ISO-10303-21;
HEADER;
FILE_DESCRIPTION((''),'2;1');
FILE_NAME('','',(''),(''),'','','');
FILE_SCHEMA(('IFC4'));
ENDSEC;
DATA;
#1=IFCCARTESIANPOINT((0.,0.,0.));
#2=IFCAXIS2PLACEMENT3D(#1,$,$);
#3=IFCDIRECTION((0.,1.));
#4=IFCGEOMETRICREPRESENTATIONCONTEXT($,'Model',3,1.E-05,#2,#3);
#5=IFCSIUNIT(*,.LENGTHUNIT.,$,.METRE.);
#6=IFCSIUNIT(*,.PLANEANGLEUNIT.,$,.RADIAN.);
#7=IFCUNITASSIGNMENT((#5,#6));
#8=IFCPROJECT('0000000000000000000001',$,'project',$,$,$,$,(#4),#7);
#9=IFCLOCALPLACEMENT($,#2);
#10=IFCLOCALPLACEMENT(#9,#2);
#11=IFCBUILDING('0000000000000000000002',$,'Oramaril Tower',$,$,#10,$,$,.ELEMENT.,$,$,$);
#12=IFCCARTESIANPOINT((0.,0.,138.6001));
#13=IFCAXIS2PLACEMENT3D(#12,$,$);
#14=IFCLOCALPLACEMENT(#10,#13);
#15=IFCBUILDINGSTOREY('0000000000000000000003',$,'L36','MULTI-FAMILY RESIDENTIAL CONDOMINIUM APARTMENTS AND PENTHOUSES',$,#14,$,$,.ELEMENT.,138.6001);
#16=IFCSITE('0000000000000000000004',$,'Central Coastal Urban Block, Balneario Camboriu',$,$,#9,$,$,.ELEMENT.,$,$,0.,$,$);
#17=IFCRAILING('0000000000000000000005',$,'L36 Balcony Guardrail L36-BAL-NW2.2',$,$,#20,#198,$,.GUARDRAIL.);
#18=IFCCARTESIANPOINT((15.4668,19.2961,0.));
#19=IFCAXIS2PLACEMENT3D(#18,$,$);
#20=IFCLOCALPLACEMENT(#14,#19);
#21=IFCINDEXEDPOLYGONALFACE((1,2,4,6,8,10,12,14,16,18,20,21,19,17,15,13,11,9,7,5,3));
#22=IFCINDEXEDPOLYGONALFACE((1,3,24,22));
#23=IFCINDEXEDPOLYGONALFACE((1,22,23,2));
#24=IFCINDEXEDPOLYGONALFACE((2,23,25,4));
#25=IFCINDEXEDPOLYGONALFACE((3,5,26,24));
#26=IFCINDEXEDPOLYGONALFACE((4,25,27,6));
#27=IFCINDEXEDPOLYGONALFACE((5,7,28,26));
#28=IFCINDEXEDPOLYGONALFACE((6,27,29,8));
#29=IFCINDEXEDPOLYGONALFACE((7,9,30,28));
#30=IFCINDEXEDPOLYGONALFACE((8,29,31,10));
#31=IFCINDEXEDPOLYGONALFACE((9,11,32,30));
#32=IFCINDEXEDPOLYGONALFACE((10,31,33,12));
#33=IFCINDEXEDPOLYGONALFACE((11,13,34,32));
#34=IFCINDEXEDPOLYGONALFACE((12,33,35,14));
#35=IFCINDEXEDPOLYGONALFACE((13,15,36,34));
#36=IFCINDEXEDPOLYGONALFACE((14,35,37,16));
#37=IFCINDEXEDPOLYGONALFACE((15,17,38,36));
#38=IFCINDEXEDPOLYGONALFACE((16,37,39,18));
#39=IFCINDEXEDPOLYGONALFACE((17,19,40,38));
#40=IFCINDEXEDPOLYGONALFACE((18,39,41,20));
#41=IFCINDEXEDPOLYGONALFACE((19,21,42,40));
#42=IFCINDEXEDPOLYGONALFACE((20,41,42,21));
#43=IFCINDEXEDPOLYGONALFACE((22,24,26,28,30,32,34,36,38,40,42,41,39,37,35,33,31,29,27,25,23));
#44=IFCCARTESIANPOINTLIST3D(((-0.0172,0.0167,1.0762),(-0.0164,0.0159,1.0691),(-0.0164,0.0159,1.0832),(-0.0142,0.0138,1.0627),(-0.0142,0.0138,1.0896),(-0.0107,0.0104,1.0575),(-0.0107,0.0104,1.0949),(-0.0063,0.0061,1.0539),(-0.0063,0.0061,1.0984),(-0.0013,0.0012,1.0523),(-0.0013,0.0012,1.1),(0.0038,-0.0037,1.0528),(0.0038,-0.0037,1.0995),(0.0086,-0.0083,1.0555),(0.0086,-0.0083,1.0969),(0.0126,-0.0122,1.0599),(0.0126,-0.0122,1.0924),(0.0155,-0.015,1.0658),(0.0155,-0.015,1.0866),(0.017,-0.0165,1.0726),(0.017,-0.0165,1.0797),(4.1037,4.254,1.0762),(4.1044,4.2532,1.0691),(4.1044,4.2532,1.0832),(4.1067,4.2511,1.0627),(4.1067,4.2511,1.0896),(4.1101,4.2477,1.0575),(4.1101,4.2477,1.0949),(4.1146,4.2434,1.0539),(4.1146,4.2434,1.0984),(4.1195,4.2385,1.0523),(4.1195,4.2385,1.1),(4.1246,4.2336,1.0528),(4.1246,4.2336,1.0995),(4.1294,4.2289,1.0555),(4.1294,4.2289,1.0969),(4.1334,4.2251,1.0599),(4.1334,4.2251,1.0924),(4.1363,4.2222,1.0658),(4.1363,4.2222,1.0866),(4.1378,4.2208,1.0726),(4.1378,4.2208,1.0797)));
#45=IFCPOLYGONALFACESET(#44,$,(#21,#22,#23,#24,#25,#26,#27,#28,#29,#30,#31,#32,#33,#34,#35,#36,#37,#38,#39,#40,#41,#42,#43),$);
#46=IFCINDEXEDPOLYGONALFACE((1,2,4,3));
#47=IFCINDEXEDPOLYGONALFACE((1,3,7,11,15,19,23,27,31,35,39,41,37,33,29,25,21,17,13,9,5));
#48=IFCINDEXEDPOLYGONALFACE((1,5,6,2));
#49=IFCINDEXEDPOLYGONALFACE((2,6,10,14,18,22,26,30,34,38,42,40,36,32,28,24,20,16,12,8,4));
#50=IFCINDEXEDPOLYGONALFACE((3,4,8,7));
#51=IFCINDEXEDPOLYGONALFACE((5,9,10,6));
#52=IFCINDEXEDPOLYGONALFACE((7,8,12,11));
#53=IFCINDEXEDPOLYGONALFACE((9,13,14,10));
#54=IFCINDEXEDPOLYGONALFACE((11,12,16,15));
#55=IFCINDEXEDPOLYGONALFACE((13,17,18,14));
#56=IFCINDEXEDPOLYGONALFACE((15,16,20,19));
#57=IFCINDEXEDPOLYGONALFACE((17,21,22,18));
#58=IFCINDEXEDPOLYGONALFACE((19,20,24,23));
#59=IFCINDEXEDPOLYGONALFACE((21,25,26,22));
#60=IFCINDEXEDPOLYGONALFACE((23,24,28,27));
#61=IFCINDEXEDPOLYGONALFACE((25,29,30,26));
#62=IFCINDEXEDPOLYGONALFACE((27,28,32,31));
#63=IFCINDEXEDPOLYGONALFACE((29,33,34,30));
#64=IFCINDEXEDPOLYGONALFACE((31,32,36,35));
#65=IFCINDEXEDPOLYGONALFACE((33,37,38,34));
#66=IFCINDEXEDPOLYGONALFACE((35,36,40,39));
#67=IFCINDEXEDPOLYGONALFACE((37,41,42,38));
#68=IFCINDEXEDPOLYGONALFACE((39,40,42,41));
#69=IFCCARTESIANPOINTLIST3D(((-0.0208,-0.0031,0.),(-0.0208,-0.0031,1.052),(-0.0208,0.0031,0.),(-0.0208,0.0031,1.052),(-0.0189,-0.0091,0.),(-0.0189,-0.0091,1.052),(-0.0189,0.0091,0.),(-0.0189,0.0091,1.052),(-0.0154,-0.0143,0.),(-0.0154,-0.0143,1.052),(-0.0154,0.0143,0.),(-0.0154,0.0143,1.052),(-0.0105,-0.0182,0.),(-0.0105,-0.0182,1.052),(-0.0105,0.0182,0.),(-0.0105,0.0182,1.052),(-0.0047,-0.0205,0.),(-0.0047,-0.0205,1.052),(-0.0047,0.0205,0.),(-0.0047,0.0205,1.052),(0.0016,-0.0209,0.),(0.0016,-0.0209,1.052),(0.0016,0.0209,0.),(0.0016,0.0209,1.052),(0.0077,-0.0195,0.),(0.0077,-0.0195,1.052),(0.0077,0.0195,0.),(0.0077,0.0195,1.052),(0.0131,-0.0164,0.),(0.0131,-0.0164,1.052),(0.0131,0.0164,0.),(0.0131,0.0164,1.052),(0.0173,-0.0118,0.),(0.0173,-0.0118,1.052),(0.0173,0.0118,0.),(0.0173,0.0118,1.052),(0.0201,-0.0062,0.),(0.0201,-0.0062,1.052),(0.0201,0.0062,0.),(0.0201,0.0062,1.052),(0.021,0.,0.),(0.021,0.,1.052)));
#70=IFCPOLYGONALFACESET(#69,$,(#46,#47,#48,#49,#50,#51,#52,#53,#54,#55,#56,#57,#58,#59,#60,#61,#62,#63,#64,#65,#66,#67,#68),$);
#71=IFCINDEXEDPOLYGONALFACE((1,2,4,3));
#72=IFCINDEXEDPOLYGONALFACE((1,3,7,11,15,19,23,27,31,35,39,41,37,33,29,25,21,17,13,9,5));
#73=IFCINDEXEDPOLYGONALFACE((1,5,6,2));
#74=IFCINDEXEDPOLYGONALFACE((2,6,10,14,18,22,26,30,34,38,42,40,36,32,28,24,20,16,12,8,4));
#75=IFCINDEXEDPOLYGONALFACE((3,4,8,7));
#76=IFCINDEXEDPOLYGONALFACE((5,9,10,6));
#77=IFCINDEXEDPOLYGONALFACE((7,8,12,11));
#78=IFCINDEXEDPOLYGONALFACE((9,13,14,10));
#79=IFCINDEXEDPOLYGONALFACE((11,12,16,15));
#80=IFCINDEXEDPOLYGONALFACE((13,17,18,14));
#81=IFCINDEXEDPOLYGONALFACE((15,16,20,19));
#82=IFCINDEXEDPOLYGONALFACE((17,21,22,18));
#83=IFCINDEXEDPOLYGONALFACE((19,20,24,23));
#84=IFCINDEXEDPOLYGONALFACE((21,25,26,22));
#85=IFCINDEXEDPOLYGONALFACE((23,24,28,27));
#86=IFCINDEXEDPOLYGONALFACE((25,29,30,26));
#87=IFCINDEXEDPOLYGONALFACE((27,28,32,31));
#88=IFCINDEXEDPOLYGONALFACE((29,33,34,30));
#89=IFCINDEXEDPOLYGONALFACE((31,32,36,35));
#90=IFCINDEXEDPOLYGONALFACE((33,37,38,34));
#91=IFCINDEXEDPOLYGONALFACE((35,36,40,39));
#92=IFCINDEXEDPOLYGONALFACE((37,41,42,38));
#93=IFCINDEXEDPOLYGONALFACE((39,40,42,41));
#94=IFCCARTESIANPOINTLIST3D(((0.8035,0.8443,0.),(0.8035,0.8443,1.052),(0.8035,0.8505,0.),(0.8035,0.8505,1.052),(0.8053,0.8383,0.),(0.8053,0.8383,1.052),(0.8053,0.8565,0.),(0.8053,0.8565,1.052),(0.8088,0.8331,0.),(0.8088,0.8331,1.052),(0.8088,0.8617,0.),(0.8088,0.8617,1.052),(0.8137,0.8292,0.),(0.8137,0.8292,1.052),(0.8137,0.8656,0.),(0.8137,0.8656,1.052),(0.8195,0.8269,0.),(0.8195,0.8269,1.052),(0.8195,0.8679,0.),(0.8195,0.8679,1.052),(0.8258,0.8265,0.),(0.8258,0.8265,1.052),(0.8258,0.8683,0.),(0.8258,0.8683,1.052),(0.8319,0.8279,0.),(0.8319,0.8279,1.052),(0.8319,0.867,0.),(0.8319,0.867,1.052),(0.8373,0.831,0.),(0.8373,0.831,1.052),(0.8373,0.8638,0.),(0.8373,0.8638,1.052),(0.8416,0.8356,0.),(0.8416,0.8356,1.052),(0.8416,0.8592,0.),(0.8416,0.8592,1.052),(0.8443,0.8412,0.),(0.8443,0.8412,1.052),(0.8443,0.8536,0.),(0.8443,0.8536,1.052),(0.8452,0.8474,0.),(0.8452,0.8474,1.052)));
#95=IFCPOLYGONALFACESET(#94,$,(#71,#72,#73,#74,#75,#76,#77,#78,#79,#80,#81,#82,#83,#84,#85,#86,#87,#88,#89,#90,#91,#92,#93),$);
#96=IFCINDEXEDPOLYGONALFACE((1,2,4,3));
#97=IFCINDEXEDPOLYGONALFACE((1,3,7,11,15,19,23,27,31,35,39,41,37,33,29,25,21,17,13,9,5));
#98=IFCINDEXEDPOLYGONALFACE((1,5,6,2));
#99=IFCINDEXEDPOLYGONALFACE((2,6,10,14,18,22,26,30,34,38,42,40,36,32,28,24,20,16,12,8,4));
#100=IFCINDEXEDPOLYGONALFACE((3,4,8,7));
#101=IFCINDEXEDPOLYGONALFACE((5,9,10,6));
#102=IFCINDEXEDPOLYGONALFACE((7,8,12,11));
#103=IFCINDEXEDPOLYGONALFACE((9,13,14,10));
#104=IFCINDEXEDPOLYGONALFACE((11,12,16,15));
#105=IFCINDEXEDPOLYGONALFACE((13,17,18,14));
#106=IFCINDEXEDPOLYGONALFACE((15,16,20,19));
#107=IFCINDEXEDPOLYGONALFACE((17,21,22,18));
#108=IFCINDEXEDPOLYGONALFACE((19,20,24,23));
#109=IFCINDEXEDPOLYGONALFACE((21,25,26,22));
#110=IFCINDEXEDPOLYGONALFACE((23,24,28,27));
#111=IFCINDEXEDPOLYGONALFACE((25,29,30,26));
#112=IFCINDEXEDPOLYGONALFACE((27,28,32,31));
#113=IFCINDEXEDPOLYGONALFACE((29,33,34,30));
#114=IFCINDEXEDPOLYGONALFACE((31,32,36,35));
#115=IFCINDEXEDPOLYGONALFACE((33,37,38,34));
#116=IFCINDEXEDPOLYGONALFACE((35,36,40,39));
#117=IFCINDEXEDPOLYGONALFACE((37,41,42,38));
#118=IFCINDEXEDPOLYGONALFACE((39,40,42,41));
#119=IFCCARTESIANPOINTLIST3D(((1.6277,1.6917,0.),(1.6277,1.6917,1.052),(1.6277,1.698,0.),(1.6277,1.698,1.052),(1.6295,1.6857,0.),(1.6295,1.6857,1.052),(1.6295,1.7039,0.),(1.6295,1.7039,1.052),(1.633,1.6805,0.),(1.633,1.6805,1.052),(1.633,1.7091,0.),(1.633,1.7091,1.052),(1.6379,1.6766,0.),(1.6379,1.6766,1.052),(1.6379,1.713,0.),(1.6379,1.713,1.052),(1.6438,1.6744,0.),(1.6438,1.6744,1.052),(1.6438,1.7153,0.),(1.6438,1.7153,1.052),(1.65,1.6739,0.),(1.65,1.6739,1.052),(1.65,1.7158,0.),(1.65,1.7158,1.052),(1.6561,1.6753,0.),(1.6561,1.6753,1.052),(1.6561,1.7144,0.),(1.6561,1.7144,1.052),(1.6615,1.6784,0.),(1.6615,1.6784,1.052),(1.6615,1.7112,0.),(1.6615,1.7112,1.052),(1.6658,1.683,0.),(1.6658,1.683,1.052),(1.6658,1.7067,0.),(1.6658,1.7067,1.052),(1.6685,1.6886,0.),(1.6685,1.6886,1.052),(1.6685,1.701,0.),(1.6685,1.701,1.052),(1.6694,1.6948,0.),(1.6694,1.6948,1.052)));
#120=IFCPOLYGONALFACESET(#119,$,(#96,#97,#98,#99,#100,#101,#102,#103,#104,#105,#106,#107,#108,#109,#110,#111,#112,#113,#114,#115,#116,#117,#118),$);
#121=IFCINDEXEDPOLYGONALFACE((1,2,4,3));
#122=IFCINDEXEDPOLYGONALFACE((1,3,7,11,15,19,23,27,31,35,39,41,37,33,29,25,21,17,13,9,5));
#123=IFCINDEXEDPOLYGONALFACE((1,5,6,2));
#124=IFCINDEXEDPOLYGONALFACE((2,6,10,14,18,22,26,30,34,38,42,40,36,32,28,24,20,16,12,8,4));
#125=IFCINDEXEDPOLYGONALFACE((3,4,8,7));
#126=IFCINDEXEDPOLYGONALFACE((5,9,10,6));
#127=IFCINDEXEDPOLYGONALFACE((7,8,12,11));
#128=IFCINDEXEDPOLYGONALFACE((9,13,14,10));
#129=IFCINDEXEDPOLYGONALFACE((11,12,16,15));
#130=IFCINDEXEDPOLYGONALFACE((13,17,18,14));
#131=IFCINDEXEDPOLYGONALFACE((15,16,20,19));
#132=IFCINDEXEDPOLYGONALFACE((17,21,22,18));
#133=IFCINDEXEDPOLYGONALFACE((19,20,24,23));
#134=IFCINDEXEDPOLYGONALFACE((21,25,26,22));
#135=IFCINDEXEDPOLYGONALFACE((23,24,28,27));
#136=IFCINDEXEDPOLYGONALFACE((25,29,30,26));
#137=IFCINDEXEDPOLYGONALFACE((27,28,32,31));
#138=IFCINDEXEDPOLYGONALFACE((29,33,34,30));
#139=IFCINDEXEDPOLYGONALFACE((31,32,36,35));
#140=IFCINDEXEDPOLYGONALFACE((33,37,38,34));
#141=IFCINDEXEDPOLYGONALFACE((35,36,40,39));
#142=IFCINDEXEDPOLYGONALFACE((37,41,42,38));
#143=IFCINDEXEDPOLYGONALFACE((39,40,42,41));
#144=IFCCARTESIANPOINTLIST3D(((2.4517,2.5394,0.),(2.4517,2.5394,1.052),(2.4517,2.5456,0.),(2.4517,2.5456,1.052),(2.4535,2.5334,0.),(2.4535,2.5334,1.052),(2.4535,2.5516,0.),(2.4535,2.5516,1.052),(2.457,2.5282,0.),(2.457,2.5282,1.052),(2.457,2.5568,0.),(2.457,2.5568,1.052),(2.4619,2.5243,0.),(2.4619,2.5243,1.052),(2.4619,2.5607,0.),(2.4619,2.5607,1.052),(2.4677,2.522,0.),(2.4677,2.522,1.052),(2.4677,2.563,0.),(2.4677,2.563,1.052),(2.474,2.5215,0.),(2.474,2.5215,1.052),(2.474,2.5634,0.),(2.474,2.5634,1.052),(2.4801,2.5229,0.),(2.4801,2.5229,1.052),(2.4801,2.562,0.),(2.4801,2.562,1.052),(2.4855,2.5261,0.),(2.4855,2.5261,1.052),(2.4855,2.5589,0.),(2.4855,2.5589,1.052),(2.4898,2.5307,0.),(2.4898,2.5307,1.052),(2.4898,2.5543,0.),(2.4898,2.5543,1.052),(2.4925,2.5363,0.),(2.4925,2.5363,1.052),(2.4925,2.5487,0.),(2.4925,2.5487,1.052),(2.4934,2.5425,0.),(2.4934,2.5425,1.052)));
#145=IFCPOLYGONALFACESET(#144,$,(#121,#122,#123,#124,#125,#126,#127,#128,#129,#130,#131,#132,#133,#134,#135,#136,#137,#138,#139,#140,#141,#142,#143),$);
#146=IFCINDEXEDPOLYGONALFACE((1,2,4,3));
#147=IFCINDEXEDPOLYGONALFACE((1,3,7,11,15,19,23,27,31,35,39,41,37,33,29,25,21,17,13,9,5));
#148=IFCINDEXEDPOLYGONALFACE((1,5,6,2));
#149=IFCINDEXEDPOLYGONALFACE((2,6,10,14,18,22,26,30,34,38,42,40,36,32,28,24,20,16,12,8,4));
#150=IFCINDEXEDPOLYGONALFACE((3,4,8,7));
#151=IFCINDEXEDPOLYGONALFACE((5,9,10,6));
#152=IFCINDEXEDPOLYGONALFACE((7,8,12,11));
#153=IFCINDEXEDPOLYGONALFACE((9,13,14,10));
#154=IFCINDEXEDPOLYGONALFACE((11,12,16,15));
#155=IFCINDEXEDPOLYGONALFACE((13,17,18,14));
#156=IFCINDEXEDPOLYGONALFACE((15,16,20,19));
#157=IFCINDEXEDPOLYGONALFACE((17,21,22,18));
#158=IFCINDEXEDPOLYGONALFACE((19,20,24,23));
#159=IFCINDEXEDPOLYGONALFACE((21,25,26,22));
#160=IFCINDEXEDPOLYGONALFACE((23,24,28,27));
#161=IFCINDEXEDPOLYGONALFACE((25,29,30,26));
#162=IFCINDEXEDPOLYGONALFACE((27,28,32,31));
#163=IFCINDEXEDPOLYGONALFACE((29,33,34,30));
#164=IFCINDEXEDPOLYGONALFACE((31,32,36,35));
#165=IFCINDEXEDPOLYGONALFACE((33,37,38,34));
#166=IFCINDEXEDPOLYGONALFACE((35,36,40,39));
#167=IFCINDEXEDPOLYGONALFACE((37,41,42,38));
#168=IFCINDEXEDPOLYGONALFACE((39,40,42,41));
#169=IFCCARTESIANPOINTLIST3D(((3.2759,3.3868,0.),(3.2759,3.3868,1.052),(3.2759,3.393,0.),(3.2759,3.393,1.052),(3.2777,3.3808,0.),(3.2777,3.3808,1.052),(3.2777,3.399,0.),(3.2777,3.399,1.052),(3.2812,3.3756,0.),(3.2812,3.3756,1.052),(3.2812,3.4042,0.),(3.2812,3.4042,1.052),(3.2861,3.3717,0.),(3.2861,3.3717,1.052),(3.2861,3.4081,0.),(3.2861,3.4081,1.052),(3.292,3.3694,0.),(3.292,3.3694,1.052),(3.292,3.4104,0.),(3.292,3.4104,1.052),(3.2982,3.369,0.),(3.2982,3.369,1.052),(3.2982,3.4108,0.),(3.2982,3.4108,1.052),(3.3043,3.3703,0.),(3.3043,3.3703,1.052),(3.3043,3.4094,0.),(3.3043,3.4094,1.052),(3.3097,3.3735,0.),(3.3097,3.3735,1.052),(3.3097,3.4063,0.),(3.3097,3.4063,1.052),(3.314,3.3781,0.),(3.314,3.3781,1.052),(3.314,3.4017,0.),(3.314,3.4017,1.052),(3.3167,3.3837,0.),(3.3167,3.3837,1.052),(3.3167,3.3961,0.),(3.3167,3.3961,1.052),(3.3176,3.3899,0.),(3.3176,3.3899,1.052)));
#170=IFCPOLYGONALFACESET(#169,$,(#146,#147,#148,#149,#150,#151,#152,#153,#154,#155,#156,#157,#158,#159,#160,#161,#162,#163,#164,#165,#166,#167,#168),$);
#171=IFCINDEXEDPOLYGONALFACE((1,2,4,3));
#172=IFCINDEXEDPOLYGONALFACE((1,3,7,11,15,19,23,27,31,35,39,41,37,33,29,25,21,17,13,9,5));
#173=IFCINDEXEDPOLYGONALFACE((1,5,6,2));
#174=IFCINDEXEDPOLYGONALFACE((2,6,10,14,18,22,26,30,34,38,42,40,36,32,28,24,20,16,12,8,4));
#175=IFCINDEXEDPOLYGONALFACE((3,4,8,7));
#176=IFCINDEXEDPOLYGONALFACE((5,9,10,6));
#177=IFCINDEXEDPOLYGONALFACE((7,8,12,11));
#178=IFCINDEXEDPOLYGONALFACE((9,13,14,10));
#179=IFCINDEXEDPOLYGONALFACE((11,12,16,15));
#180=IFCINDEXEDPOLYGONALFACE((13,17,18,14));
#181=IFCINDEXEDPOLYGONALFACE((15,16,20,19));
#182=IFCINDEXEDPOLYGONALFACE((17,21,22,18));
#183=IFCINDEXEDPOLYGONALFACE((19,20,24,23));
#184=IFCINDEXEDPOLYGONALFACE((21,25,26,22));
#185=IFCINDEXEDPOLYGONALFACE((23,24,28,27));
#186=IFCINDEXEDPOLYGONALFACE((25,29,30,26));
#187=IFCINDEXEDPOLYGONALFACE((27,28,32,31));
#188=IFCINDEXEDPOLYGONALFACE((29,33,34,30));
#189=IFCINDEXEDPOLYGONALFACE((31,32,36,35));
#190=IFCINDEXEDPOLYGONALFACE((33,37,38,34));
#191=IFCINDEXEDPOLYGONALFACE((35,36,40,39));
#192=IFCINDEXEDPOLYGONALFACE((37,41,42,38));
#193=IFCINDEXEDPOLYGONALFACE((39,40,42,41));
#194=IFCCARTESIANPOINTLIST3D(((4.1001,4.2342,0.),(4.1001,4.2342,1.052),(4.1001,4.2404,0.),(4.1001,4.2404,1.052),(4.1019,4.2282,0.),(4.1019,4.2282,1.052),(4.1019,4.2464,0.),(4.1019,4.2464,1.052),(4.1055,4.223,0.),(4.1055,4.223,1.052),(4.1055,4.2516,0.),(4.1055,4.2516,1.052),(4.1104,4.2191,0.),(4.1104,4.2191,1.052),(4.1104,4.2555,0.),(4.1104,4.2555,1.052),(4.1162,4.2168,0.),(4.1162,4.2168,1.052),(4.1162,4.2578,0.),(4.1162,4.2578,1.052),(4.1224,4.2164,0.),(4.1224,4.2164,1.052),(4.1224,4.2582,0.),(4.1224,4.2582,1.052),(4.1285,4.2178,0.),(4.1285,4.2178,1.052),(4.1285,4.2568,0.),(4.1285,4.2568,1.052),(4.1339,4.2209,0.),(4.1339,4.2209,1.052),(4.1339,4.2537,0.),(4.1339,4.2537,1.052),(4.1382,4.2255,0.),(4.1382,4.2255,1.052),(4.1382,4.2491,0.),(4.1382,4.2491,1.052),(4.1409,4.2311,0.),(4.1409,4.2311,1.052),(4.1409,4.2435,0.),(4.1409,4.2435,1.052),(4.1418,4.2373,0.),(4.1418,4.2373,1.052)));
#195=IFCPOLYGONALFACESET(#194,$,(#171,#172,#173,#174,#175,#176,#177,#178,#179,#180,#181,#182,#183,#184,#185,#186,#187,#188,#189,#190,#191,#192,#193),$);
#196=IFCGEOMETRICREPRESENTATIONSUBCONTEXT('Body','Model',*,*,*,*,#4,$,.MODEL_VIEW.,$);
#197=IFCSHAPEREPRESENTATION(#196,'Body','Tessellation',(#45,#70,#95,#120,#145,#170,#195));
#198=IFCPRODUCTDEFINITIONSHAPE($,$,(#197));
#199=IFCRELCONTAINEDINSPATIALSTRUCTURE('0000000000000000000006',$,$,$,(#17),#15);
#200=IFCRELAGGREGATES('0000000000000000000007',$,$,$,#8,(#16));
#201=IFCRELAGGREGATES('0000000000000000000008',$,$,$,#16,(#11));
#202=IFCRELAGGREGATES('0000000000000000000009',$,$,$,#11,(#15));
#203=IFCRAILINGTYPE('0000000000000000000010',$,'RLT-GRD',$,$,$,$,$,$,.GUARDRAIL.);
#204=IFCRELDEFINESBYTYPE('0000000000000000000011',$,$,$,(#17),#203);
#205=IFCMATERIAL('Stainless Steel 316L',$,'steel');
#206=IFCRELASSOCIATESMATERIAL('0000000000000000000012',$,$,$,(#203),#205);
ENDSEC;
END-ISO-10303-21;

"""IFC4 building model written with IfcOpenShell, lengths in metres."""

from ifc_helpers import new_model, si_unit, direction, frame, origin, origin_2d, place, context, subcontext, project, spatial, circle, extrude, material, type_object, element, save


model = new_model("IFC4")

# Units and contexts
model_context = context("Model", 3, precision=1e-05, world=origin(), true_north=direction((0.0, 1.0)))
body_context = subcontext(model_context, "Body", "Model", "MODEL_VIEW")
ifc_project = project(units=[si_unit("LENGTHUNIT", "METRE"), si_unit("PLANEANGLEUNIT", "RADIAN")], contexts=[model_context])

# Site, building, storey
site_placement = place(None, origin())
site = spatial("IfcSite", under=ifc_project, at=site_placement, Name="Central Coastal Urban Block, Balneario Camboriu", CompositionType="ELEMENT", RefElevation=0.0)
building_placement = place(site_placement, origin())
building = spatial("IfcBuilding", under=site, at=building_placement, Name="Oramaril Tower", CompositionType="ELEMENT")
storey_placement = place(building_placement, frame((0.0, 0.0, 138.6001)))
storey = spatial("IfcBuildingStorey", under=building, at=storey_placement, Name="L36", Description="MULTI-FAMILY RESIDENTIAL CONDOMINIUM APARTMENTS AND PENTHOUSES", CompositionType="ELEMENT", Elevation=138.6001)

# Railing
ifc_material_1 = material(Name="Stainless Steel 316L", Category="steel")
railing_type = type_object("IfcRailingType", Name="RLT-GRD", PredefinedType="GUARDRAIL", material=ifc_material_1)
railing_1_placement = place(storey_placement, frame((15.4668, 19.2961, 0.0)))
element("IfcRailing", 1, at=railing_1_placement, inside=storey, type_object=railing_type, Name="L36 Balcony Guardrail L36-BAL-NW2.2", PredefinedType="GUARDRAIL", context=body_context, shape_type="SweptSolid", body=[
    extrude(circle(Radius=0.0239, at=origin_2d()), frame((0.0, 0.0, 1.0762), z_axis=(0.697187, 0.716889, 0.0), x_axis=(-0.716889, 0.697187, 0.0)), (0.0, 0.0, 1.0), 5.9106),
    extrude(circle(Radius=0.021, at=origin_2d()), origin(), (0.0, 0.0, 1.0), 1.052),
    extrude(circle(Radius=0.021, at=origin_2d()), frame((0.8242, 0.8474, 0.0)), (0.0, 0.0, 1.0), 1.052),
    extrude(circle(Radius=0.021, at=origin_2d()), frame((1.6484, 1.6948, 0.0)), (0.0, 0.0, 1.0), 1.052),
    extrude(circle(Radius=0.021, at=origin_2d()), frame((2.4724, 2.5425, 0.0)), (0.0, 0.0, 1.0), 1.052),
    extrude(circle(Radius=0.021, at=origin_2d()), frame((3.2966, 3.3899, 0.0)), (0.0, 0.0, 1.0), 1.052),
    extrude(circle(Radius=0.021, at=origin_2d()), frame((4.1208, 4.2373, 0.0)), (0.0, 0.0, 1.0), 1.052),
])

save(model, "model.ifc")
